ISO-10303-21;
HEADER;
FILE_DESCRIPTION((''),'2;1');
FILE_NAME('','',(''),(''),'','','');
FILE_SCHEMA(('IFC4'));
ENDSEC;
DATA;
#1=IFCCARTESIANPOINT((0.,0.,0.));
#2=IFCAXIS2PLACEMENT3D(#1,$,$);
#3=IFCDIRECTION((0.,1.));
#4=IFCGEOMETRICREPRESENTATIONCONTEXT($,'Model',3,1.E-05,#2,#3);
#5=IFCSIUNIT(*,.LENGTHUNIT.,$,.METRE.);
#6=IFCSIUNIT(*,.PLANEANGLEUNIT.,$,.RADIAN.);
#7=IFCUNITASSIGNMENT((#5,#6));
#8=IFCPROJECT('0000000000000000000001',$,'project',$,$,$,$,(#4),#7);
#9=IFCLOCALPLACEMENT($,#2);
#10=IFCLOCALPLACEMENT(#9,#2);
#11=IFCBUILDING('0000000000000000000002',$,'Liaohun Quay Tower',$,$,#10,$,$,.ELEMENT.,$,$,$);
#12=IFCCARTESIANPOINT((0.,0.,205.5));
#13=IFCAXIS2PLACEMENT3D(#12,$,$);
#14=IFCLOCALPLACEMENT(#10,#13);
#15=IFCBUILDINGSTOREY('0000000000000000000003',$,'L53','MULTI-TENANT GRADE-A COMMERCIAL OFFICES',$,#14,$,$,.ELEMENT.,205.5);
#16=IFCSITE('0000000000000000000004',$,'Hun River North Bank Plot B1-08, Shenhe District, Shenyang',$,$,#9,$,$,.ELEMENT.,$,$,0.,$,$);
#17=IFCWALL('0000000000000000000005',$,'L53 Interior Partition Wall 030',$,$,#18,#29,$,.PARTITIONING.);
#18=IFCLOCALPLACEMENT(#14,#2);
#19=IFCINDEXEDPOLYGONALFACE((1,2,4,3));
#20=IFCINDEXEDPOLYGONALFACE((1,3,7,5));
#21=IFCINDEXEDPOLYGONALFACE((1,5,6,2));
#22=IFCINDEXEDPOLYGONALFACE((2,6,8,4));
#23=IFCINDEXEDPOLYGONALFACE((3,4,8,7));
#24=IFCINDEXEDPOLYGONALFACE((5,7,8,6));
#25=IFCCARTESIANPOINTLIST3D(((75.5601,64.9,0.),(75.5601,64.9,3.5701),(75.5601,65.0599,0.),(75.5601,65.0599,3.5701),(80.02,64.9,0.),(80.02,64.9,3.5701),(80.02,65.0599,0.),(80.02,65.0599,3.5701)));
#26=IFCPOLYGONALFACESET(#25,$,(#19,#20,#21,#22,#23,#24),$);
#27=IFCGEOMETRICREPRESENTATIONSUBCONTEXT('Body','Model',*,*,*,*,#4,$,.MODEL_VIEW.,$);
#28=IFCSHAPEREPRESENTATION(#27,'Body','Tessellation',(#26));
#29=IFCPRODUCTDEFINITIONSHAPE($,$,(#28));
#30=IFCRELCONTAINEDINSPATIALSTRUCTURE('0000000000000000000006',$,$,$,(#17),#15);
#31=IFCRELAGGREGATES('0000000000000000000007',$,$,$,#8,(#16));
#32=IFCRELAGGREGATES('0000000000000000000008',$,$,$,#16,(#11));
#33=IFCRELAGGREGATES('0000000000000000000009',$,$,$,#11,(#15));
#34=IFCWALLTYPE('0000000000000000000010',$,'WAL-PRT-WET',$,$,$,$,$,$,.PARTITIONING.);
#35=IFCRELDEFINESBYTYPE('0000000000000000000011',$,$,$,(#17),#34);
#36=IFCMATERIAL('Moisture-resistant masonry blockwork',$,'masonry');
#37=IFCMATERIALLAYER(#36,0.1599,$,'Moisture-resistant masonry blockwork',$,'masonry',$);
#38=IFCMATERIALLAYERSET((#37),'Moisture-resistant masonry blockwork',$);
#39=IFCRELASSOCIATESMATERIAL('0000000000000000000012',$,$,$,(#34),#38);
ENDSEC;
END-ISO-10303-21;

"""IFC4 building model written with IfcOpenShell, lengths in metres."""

from ifc_helpers import new_model, si_unit, direction, frame, frame_2d, origin, place, context, subcontext, project, spatial, rectangle, extrude, material, layer, layer_set, type_object, element, save


model = new_model("IFC4")

# Units and contexts
model_context = context("Model", 3, precision=1e-05, world=origin(), true_north=direction((0.0, 1.0)))
body_context = subcontext(model_context, "Body", "Model", "MODEL_VIEW")
ifc_project = project(units=[si_unit("LENGTHUNIT", "METRE"), si_unit("PLANEANGLEUNIT", "RADIAN")], contexts=[model_context])

# Site, building, storey
site_placement = place(None, origin())
site = spatial("IfcSite", under=ifc_project, at=site_placement, Name="Hun River North Bank Plot B1-08, Shenhe District, Shenyang", CompositionType="ELEMENT", RefElevation=0.0)
building_placement = place(site_placement, origin())
building = spatial("IfcBuilding", under=site, at=building_placement, Name="Liaohun Quay Tower", CompositionType="ELEMENT")
storey_placement = place(building_placement, frame((0.0, 0.0, 205.5)))
storey = spatial("IfcBuildingStorey", under=building, at=storey_placement, Name="L53", Description="MULTI-TENANT GRADE-A COMMERCIAL OFFICES", CompositionType="ELEMENT", Elevation=205.5)

# Wall
ifc_material_1 = material(Name="Moisture-resistant masonry blockwork", Category="masonry")
ifc_layer_1 = layer(ifc_material_1, 0.1599, Name="Moisture-resistant masonry blockwork", Category="masonry")
ifc_layer_set_1 = layer_set([ifc_layer_1], Name="Moisture-resistant masonry blockwork")
wall_type_1 = type_object("IfcWallType", Name="WAL-PRT-WET", PredefinedType="PARTITIONING", material=ifc_layer_set_1)
wall_1_placement = place(storey_placement, frame((75.5601, 64.98, 0.0), z_axis=(0.0, 0.0, 1.0), x_axis=(1.0, 0.0, 0.0)))
element("IfcWall", 1, at=wall_1_placement, inside=storey, type_object=wall_type_1, Name="L53 Interior Partition Wall 030", PredefinedType="PARTITIONING", context=body_context, shape_type="SweptSolid", body=[
    extrude(rectangle(XDim=4.46, YDim=0.1599, at=frame_2d((2.23, 0.0))), origin(), (0.0, 0.0, 1.0), 3.5701),
])

save(model, "model.ifc")
